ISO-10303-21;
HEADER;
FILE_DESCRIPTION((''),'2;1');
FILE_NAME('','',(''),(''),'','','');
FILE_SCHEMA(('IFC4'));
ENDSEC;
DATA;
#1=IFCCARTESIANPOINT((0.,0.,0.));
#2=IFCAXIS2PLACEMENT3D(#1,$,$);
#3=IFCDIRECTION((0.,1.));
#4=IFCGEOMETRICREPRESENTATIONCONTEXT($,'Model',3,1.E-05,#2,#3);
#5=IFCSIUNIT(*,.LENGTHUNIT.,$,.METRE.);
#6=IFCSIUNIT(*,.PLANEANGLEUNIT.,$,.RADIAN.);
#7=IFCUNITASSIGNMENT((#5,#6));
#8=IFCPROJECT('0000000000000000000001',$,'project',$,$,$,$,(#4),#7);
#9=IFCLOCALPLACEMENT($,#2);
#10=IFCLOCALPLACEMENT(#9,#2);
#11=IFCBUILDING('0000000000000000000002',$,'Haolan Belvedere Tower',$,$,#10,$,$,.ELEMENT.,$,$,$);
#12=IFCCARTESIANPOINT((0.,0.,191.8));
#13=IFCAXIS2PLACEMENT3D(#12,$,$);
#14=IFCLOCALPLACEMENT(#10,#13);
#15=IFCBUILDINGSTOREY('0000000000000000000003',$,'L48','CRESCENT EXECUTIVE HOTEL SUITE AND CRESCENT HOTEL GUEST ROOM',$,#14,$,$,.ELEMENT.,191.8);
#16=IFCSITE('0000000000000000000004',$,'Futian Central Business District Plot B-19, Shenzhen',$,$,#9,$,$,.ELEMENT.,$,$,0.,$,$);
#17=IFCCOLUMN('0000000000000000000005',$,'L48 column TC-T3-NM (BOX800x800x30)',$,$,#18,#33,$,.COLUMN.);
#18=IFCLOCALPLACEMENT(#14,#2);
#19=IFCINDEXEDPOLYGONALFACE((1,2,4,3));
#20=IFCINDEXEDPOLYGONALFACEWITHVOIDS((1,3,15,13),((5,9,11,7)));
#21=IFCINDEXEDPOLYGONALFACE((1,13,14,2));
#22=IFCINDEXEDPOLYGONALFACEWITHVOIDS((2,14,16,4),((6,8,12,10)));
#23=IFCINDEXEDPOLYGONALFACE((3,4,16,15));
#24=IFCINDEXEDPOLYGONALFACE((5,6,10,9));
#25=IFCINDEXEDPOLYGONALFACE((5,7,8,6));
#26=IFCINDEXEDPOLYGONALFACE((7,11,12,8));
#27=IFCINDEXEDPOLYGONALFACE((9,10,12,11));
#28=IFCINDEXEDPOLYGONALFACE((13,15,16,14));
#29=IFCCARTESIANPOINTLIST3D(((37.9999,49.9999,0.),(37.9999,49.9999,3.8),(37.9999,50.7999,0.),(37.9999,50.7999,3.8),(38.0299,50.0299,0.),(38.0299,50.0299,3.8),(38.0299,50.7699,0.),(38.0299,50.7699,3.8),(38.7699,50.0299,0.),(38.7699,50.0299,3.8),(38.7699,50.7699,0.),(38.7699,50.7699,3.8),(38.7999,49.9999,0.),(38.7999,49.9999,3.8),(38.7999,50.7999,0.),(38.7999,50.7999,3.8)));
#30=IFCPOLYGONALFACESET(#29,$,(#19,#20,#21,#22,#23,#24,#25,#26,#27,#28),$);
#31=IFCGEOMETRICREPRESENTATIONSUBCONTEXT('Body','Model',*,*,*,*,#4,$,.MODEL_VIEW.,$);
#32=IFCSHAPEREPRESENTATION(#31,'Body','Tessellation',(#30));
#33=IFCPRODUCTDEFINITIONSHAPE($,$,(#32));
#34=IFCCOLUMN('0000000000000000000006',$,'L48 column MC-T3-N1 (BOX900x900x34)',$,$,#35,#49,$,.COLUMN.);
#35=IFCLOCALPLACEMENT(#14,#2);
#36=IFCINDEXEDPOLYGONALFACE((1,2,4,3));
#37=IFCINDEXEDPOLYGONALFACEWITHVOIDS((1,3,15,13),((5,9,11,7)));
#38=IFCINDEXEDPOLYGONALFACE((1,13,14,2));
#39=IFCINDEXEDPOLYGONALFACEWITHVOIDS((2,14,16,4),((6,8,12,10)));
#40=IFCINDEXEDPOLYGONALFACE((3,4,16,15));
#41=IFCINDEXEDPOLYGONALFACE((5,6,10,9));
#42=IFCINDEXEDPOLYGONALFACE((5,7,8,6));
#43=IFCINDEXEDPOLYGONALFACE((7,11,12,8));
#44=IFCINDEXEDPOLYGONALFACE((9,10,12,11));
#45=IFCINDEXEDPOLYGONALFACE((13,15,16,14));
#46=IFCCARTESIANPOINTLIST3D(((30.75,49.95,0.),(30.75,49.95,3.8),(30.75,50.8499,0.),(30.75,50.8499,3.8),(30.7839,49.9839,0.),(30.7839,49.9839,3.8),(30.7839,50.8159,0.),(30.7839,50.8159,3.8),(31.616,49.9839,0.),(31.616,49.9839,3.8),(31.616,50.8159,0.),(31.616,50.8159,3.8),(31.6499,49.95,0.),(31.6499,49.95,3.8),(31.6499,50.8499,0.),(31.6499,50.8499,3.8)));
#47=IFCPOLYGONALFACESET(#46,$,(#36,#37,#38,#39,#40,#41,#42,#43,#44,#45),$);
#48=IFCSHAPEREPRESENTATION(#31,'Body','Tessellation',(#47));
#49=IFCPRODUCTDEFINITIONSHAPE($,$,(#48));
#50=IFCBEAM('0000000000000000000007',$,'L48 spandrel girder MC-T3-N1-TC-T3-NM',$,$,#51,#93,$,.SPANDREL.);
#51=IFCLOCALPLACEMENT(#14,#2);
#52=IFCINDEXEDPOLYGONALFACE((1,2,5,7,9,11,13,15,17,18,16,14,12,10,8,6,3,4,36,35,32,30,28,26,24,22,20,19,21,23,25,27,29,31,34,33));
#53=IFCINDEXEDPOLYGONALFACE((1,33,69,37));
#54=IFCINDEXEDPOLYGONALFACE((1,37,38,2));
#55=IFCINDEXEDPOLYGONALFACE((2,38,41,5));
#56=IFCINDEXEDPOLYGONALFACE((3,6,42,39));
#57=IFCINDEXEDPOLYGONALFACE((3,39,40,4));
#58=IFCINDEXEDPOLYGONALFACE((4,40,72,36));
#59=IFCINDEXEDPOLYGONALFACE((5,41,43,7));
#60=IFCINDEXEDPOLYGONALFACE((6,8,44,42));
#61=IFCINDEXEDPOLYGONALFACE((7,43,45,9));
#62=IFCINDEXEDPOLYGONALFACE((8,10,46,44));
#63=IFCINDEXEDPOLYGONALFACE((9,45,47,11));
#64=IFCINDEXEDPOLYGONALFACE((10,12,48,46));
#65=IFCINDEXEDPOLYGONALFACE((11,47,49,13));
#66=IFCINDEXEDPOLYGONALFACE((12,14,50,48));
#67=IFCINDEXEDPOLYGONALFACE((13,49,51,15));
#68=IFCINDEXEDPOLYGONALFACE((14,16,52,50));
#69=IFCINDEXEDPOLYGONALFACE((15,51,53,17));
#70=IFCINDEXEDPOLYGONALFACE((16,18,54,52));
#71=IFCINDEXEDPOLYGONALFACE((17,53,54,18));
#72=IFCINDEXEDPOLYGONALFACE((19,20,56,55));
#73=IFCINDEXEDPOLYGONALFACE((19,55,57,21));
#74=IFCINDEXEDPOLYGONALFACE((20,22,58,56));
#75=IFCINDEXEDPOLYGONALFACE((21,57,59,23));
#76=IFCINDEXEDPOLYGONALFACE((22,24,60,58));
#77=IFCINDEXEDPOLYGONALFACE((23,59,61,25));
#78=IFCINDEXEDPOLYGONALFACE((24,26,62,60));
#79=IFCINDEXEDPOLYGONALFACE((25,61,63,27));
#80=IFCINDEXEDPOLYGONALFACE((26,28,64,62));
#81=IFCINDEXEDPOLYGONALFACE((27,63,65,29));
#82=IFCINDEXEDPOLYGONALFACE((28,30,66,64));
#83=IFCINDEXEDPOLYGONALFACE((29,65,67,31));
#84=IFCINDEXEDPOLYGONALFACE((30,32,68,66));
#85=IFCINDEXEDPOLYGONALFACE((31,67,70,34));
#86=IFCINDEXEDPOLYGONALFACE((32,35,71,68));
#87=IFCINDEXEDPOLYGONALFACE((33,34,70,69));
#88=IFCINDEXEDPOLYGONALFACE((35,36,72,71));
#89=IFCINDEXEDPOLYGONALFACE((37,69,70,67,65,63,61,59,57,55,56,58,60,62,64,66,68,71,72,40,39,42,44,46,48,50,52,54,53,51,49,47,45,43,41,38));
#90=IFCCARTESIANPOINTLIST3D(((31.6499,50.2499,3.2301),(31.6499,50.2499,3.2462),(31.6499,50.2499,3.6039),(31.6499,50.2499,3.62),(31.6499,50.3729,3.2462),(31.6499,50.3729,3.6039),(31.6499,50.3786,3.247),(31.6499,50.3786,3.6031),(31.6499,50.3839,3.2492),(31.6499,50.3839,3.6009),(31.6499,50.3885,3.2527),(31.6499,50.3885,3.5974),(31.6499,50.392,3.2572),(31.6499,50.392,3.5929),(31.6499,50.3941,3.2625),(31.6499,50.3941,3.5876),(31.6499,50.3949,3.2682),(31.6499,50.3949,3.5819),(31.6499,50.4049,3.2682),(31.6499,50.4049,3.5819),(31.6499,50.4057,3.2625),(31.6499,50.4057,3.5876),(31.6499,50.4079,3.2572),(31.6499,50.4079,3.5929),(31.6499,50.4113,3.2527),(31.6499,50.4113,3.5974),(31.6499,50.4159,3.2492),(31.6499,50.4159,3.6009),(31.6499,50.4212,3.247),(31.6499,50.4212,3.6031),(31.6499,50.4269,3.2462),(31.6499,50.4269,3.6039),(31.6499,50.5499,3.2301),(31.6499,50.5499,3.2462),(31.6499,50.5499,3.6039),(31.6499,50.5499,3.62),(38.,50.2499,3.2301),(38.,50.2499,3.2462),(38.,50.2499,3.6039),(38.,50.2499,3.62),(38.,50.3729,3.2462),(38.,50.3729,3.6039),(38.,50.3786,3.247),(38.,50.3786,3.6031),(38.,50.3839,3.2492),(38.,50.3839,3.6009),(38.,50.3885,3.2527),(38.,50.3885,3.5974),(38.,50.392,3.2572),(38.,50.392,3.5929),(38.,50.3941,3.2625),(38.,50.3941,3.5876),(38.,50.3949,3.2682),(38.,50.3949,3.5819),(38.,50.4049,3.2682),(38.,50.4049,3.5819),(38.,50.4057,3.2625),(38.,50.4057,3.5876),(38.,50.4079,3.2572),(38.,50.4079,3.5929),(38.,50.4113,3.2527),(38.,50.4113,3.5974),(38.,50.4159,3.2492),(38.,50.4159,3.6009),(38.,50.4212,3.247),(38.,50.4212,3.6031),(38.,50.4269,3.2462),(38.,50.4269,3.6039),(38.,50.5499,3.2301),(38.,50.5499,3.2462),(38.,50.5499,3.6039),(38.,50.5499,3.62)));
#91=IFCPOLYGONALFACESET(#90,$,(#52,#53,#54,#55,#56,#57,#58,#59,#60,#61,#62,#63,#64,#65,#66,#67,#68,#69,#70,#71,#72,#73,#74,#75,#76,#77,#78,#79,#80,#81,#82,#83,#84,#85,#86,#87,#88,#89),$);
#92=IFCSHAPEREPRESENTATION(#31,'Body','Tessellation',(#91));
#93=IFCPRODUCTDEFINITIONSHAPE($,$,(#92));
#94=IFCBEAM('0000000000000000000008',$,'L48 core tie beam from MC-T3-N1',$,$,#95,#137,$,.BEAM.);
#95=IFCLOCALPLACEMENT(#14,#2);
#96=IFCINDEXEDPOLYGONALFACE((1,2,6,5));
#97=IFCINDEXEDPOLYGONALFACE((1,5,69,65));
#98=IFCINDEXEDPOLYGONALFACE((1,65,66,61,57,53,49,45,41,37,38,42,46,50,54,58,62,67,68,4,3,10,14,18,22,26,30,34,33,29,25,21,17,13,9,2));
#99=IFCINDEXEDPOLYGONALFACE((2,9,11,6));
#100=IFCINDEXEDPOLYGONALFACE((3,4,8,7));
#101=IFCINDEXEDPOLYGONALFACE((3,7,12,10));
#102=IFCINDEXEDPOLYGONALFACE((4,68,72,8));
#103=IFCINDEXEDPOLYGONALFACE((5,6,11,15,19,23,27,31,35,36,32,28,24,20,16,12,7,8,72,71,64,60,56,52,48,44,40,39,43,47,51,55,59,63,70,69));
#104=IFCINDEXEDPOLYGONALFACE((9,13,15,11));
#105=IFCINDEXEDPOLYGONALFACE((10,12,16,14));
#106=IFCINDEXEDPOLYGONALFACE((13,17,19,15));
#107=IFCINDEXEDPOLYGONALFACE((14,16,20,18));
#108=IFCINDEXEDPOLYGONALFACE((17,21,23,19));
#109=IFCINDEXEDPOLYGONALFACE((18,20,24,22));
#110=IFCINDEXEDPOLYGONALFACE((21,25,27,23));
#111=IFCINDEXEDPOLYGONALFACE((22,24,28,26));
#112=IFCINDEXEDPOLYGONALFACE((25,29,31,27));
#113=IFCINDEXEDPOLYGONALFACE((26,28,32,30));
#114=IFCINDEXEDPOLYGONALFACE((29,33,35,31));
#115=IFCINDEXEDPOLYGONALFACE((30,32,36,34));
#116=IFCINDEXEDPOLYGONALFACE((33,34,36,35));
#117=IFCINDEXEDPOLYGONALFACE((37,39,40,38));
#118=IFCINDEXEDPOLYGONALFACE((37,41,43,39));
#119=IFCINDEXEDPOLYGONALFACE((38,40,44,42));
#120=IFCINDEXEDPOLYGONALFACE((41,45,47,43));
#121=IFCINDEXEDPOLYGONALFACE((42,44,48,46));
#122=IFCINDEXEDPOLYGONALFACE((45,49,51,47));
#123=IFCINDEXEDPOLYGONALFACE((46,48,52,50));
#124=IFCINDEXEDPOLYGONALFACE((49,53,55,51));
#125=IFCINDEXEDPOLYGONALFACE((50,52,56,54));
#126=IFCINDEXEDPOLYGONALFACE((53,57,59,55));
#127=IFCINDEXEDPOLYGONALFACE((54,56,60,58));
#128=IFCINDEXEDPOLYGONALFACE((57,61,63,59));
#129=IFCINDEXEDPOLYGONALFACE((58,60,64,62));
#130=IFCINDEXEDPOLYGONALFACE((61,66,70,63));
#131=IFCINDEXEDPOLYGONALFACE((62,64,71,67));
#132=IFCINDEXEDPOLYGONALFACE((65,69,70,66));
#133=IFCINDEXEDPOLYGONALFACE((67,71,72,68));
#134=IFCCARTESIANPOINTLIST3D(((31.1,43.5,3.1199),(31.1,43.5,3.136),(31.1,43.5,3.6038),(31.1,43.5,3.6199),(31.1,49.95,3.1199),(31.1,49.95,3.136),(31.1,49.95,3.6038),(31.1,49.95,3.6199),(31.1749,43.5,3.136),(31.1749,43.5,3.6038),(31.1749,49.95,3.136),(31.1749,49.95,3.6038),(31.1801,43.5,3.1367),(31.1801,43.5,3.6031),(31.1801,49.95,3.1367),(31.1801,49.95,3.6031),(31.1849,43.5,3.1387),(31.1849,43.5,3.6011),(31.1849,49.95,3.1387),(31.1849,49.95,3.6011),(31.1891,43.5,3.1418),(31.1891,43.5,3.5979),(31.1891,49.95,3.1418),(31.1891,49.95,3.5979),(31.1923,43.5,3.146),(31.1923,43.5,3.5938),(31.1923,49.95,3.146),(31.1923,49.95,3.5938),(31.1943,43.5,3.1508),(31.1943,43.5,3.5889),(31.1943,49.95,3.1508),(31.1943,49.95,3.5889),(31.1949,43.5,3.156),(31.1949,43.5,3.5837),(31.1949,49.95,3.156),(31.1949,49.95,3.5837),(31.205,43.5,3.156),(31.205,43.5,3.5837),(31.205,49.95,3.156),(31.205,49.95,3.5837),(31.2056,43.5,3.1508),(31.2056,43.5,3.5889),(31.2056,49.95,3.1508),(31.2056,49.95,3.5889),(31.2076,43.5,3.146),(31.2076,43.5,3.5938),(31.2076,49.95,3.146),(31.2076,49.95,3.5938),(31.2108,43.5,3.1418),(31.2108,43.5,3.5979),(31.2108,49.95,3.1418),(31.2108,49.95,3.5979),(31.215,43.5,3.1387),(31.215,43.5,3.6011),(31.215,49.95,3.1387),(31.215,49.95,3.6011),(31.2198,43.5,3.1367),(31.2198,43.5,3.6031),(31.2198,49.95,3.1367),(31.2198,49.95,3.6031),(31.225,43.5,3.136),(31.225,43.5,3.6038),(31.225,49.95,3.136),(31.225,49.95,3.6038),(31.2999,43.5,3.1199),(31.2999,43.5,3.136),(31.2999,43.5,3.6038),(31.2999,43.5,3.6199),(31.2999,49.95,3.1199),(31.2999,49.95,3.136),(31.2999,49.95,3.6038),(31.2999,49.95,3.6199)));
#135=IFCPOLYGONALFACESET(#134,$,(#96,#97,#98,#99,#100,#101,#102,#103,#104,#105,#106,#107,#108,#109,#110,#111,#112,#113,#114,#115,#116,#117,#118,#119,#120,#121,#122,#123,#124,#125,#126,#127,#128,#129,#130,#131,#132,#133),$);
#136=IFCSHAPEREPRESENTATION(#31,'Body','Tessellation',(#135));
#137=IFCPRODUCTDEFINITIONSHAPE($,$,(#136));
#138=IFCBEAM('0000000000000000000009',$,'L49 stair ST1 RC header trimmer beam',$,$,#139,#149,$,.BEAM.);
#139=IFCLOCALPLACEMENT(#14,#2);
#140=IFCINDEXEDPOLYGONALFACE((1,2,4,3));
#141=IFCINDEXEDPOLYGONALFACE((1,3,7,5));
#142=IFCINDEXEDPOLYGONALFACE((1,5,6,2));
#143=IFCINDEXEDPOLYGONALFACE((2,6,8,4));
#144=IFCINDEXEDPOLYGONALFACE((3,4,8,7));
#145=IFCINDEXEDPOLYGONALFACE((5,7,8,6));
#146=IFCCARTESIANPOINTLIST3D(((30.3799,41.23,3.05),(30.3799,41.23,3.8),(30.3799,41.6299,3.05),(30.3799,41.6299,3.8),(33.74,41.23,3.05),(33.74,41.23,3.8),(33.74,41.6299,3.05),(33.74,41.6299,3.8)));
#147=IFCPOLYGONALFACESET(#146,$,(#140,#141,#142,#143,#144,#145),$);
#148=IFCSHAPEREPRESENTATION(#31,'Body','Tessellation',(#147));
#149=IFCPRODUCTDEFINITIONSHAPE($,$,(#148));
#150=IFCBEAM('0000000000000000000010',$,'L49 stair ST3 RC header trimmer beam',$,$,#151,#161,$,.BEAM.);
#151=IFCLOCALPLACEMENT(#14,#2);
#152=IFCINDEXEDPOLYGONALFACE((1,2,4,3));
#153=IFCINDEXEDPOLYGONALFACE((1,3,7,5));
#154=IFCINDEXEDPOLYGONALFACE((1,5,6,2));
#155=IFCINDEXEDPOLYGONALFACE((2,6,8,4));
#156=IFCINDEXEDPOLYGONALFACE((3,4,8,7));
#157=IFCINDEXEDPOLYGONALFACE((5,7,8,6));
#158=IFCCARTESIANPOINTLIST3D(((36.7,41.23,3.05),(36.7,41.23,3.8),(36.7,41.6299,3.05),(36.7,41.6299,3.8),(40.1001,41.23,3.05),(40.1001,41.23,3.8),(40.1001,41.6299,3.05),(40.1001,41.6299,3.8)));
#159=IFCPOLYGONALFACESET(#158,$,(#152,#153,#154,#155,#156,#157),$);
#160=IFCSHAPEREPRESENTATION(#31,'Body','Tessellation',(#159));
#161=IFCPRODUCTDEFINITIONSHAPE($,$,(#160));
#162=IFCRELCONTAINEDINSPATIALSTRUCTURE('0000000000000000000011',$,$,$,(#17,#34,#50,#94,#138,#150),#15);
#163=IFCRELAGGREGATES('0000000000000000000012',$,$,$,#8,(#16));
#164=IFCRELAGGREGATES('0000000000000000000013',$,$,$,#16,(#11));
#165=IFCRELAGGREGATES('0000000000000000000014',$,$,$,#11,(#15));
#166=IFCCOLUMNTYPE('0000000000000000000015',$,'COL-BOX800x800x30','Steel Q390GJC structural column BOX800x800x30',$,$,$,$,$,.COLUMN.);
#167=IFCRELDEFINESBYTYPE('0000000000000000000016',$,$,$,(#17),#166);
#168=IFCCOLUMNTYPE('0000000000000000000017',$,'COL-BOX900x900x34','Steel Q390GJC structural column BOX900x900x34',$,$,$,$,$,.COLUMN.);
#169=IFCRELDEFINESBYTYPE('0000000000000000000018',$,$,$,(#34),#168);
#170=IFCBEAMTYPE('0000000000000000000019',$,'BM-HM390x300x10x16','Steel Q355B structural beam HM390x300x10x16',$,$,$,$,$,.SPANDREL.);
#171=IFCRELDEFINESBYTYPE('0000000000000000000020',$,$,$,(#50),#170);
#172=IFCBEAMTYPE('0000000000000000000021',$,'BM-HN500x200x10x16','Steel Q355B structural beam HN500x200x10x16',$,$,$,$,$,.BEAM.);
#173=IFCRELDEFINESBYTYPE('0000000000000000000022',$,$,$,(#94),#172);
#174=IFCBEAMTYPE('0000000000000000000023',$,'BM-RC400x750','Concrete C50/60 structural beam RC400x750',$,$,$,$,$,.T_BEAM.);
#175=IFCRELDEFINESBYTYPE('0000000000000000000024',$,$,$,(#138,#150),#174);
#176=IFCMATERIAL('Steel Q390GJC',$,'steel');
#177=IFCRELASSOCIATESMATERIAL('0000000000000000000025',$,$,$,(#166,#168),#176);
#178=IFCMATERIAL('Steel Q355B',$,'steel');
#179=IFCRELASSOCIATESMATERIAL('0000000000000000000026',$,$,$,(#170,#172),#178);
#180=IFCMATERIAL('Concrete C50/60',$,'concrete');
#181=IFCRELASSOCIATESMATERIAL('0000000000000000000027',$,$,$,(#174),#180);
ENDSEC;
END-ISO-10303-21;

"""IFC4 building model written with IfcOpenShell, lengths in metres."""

from ifc_helpers import new_model, si_unit, direction, frame, origin, origin_2d, place, context, subcontext, project, spatial, rectangle, hollow_rectangle, i_section, extrude, material, material_profile, profile_set, type_object, element, save


model = new_model("IFC4")

# Units and contexts
model_context = context("Model", 3, precision=1e-05, world=origin(), true_north=direction((0.0, 1.0)))
body_context = subcontext(model_context, "Body", "Model", "MODEL_VIEW")
ifc_project = project(units=[si_unit("LENGTHUNIT", "METRE"), si_unit("PLANEANGLEUNIT", "RADIAN")], contexts=[model_context])

# Site, building, storey
site_placement = place(None, origin())
site = spatial("IfcSite", under=ifc_project, at=site_placement, Name="Futian Central Business District Plot B-19, Shenzhen", CompositionType="ELEMENT", RefElevation=0.0)
building_placement = place(site_placement, origin())
building = spatial("IfcBuilding", under=site, at=building_placement, Name="Haolan Belvedere Tower", CompositionType="ELEMENT")
storey_placement = place(building_placement, frame((0.0, 0.0, 191.8)))
storey = spatial("IfcBuildingStorey", under=building, at=storey_placement, Name="L48", Description="CRESCENT EXECUTIVE HOTEL SUITE AND CRESCENT HOTEL GUEST ROOM", CompositionType="ELEMENT", Elevation=191.8)

# Columns
ifc_material_1 = material(Name="Steel Q390GJC", Category="steel")
ifc_material_profile_1 = material_profile(ifc_material_1, hollow_rectangle(XDim=0.8, YDim=0.8, WallThickness=0.03, at=origin_2d()), Name="Steel Q390GJC")
ifc_profile_set_1 = profile_set([ifc_material_profile_1], Name="Steel Q390GJC")
column_type_1 = type_object("IfcColumnType", Name="COL-BOX800x800x30", Description="Steel Q390GJC structural column BOX800x800x30", PredefinedType="COLUMN", material=ifc_profile_set_1)
column_1_placement = place(storey_placement, frame((38.3999, 50.3999, 0.0), z_axis=(0.0, 0.0, 1.0), x_axis=(1.0, 0.0, 0.0)))
element("IfcColumn", 1, at=column_1_placement, inside=storey, type_object=column_type_1, Name="L48 column TC-T3-NM (BOX800x800x30)", PredefinedType="COLUMN", context=body_context, shape_type="SweptSolid", body=[
    extrude(hollow_rectangle(XDim=0.8, YDim=0.8, WallThickness=0.03, at=origin_2d()), origin(), (0.0, 0.0, 1.0), 3.8),
])
ifc_material_profile_2 = material_profile(ifc_material_1, hollow_rectangle(XDim=0.8999, YDim=0.8999, WallThickness=0.0339, at=origin_2d()), Name="Steel Q390GJC")
ifc_profile_set_2 = profile_set([ifc_material_profile_2], Name="Steel Q390GJC")
column_type_2 = type_object("IfcColumnType", Name="COL-BOX900x900x34", Description="Steel Q390GJC structural column BOX900x900x34", PredefinedType="COLUMN", material=ifc_profile_set_2)
column_2_placement = place(storey_placement, frame((31.2, 50.3999, 0.0), z_axis=(0.0, 0.0, 1.0), x_axis=(1.0, 0.0, 0.0)))
element("IfcColumn", 2, at=column_2_placement, inside=storey, type_object=column_type_2, Name="L48 column MC-T3-N1 (BOX900x900x34)", PredefinedType="COLUMN", context=body_context, shape_type="SweptSolid", body=[
    extrude(hollow_rectangle(XDim=0.8999, YDim=0.8999, WallThickness=0.0339, at=origin_2d()), origin(), (0.0, 0.0, 1.0), 3.8),
])

# Beams
ifc_material_2 = material(Name="Steel Q355B", Category="steel")
ifc_material_profile_3 = material_profile(ifc_material_2, i_section(OverallWidth=0.3, OverallDepth=0.3899, WebThickness=0.01, FlangeThickness=0.0161, FilletRadius=0.022, at=origin_2d()), Name="Steel Q355B")
ifc_profile_set_3 = profile_set([ifc_material_profile_3], Name="Steel Q355B")
beam_type_1 = type_object("IfcBeamType", Name="BM-HM390x300x10x16", Description="Steel Q355B structural beam HM390x300x10x16", PredefinedType="SPANDREL", material=ifc_profile_set_3)
beam_1_placement = place(storey_placement, frame((31.6499, 50.3999, 3.425), z_axis=(1.0, 0.0, 0.0), x_axis=(0.0, 1.0, 0.0)))
element("IfcBeam", 3, at=beam_1_placement, inside=storey, type_object=beam_type_1, Name="L48 spandrel girder MC-T3-N1-TC-T3-NM", PredefinedType="SPANDREL", context=body_context, shape_type="SweptSolid", body=[
    extrude(i_section(OverallWidth=0.3, OverallDepth=0.3899, WebThickness=0.01, FlangeThickness=0.0161, FilletRadius=0.022, at=origin_2d()), origin(), (0.0, 0.0, 1.0), 6.3501),
])
ifc_material_profile_4 = material_profile(ifc_material_2, i_section(OverallWidth=0.2, OverallDepth=0.5, WebThickness=0.01, FlangeThickness=0.0161, FilletRadius=0.02, at=origin_2d()), Name="Steel Q355B")
ifc_profile_set_4 = profile_set([ifc_material_profile_4], Name="Steel Q355B")
beam_type_2 = type_object("IfcBeamType", Name="BM-HN500x200x10x16", Description="Steel Q355B structural beam HN500x200x10x16", PredefinedType="BEAM", material=ifc_profile_set_4)
beam_2_placement = place(storey_placement, frame((31.2, 49.95, 3.3699), z_axis=(0.0, -1.0, 0.0), x_axis=(1.0, 0.0, 0.0)))
element("IfcBeam", 4, at=beam_2_placement, inside=storey, type_object=beam_type_2, Name="L48 core tie beam from MC-T3-N1", PredefinedType="BEAM", context=body_context, shape_type="SweptSolid", body=[
    extrude(i_section(OverallWidth=0.2, OverallDepth=0.5, WebThickness=0.01, FlangeThickness=0.0161, FilletRadius=0.02, at=origin_2d()), origin(), (0.0, 0.0, 1.0), 6.45),
])
ifc_material_3 = material(Name="Concrete C50/60", Category="concrete")
ifc_material_profile_5 = material_profile(ifc_material_3, rectangle(XDim=0.3999, YDim=0.75, at=origin_2d()), Name="Concrete C50/60")
ifc_profile_set_5 = profile_set([ifc_material_profile_5], Name="Concrete C50/60")
beam_type_3 = type_object("IfcBeamType", Name="BM-RC400x750", Description="Concrete C50/60 structural beam RC400x750", PredefinedType="T_BEAM", material=ifc_profile_set_5)
beam_3_placement = place(storey_placement, frame((30.3799, 41.4299, 3.425), z_axis=(1.0, 0.0, 0.0), x_axis=(0.0, 1.0, 0.0)))
element("IfcBeam", 5, at=beam_3_placement, inside=storey, type_object=beam_type_3, Name="L49 stair ST1 RC header trimmer beam", PredefinedType="BEAM", context=body_context, shape_type="SweptSolid", body=[
    extrude(rectangle(XDim=0.3999, YDim=0.75, at=origin_2d()), origin(), (0.0, 0.0, 1.0), 3.3601),
])
beam_4_placement = place(storey_placement, frame((36.7, 41.4299, 3.425), z_axis=(1.0, 0.0, 0.0), x_axis=(0.0, 1.0, 0.0)))
element("IfcBeam", 6, at=beam_4_placement, inside=storey, type_object=beam_type_3, Name="L49 stair ST3 RC header trimmer beam", PredefinedType="BEAM", context=body_context, shape_type="SweptSolid", body=[
    extrude(rectangle(XDim=0.3999, YDim=0.75, at=origin_2d()), origin(), (0.0, 0.0, 1.0), 3.4001),
])

save(model, "model.ifc")
